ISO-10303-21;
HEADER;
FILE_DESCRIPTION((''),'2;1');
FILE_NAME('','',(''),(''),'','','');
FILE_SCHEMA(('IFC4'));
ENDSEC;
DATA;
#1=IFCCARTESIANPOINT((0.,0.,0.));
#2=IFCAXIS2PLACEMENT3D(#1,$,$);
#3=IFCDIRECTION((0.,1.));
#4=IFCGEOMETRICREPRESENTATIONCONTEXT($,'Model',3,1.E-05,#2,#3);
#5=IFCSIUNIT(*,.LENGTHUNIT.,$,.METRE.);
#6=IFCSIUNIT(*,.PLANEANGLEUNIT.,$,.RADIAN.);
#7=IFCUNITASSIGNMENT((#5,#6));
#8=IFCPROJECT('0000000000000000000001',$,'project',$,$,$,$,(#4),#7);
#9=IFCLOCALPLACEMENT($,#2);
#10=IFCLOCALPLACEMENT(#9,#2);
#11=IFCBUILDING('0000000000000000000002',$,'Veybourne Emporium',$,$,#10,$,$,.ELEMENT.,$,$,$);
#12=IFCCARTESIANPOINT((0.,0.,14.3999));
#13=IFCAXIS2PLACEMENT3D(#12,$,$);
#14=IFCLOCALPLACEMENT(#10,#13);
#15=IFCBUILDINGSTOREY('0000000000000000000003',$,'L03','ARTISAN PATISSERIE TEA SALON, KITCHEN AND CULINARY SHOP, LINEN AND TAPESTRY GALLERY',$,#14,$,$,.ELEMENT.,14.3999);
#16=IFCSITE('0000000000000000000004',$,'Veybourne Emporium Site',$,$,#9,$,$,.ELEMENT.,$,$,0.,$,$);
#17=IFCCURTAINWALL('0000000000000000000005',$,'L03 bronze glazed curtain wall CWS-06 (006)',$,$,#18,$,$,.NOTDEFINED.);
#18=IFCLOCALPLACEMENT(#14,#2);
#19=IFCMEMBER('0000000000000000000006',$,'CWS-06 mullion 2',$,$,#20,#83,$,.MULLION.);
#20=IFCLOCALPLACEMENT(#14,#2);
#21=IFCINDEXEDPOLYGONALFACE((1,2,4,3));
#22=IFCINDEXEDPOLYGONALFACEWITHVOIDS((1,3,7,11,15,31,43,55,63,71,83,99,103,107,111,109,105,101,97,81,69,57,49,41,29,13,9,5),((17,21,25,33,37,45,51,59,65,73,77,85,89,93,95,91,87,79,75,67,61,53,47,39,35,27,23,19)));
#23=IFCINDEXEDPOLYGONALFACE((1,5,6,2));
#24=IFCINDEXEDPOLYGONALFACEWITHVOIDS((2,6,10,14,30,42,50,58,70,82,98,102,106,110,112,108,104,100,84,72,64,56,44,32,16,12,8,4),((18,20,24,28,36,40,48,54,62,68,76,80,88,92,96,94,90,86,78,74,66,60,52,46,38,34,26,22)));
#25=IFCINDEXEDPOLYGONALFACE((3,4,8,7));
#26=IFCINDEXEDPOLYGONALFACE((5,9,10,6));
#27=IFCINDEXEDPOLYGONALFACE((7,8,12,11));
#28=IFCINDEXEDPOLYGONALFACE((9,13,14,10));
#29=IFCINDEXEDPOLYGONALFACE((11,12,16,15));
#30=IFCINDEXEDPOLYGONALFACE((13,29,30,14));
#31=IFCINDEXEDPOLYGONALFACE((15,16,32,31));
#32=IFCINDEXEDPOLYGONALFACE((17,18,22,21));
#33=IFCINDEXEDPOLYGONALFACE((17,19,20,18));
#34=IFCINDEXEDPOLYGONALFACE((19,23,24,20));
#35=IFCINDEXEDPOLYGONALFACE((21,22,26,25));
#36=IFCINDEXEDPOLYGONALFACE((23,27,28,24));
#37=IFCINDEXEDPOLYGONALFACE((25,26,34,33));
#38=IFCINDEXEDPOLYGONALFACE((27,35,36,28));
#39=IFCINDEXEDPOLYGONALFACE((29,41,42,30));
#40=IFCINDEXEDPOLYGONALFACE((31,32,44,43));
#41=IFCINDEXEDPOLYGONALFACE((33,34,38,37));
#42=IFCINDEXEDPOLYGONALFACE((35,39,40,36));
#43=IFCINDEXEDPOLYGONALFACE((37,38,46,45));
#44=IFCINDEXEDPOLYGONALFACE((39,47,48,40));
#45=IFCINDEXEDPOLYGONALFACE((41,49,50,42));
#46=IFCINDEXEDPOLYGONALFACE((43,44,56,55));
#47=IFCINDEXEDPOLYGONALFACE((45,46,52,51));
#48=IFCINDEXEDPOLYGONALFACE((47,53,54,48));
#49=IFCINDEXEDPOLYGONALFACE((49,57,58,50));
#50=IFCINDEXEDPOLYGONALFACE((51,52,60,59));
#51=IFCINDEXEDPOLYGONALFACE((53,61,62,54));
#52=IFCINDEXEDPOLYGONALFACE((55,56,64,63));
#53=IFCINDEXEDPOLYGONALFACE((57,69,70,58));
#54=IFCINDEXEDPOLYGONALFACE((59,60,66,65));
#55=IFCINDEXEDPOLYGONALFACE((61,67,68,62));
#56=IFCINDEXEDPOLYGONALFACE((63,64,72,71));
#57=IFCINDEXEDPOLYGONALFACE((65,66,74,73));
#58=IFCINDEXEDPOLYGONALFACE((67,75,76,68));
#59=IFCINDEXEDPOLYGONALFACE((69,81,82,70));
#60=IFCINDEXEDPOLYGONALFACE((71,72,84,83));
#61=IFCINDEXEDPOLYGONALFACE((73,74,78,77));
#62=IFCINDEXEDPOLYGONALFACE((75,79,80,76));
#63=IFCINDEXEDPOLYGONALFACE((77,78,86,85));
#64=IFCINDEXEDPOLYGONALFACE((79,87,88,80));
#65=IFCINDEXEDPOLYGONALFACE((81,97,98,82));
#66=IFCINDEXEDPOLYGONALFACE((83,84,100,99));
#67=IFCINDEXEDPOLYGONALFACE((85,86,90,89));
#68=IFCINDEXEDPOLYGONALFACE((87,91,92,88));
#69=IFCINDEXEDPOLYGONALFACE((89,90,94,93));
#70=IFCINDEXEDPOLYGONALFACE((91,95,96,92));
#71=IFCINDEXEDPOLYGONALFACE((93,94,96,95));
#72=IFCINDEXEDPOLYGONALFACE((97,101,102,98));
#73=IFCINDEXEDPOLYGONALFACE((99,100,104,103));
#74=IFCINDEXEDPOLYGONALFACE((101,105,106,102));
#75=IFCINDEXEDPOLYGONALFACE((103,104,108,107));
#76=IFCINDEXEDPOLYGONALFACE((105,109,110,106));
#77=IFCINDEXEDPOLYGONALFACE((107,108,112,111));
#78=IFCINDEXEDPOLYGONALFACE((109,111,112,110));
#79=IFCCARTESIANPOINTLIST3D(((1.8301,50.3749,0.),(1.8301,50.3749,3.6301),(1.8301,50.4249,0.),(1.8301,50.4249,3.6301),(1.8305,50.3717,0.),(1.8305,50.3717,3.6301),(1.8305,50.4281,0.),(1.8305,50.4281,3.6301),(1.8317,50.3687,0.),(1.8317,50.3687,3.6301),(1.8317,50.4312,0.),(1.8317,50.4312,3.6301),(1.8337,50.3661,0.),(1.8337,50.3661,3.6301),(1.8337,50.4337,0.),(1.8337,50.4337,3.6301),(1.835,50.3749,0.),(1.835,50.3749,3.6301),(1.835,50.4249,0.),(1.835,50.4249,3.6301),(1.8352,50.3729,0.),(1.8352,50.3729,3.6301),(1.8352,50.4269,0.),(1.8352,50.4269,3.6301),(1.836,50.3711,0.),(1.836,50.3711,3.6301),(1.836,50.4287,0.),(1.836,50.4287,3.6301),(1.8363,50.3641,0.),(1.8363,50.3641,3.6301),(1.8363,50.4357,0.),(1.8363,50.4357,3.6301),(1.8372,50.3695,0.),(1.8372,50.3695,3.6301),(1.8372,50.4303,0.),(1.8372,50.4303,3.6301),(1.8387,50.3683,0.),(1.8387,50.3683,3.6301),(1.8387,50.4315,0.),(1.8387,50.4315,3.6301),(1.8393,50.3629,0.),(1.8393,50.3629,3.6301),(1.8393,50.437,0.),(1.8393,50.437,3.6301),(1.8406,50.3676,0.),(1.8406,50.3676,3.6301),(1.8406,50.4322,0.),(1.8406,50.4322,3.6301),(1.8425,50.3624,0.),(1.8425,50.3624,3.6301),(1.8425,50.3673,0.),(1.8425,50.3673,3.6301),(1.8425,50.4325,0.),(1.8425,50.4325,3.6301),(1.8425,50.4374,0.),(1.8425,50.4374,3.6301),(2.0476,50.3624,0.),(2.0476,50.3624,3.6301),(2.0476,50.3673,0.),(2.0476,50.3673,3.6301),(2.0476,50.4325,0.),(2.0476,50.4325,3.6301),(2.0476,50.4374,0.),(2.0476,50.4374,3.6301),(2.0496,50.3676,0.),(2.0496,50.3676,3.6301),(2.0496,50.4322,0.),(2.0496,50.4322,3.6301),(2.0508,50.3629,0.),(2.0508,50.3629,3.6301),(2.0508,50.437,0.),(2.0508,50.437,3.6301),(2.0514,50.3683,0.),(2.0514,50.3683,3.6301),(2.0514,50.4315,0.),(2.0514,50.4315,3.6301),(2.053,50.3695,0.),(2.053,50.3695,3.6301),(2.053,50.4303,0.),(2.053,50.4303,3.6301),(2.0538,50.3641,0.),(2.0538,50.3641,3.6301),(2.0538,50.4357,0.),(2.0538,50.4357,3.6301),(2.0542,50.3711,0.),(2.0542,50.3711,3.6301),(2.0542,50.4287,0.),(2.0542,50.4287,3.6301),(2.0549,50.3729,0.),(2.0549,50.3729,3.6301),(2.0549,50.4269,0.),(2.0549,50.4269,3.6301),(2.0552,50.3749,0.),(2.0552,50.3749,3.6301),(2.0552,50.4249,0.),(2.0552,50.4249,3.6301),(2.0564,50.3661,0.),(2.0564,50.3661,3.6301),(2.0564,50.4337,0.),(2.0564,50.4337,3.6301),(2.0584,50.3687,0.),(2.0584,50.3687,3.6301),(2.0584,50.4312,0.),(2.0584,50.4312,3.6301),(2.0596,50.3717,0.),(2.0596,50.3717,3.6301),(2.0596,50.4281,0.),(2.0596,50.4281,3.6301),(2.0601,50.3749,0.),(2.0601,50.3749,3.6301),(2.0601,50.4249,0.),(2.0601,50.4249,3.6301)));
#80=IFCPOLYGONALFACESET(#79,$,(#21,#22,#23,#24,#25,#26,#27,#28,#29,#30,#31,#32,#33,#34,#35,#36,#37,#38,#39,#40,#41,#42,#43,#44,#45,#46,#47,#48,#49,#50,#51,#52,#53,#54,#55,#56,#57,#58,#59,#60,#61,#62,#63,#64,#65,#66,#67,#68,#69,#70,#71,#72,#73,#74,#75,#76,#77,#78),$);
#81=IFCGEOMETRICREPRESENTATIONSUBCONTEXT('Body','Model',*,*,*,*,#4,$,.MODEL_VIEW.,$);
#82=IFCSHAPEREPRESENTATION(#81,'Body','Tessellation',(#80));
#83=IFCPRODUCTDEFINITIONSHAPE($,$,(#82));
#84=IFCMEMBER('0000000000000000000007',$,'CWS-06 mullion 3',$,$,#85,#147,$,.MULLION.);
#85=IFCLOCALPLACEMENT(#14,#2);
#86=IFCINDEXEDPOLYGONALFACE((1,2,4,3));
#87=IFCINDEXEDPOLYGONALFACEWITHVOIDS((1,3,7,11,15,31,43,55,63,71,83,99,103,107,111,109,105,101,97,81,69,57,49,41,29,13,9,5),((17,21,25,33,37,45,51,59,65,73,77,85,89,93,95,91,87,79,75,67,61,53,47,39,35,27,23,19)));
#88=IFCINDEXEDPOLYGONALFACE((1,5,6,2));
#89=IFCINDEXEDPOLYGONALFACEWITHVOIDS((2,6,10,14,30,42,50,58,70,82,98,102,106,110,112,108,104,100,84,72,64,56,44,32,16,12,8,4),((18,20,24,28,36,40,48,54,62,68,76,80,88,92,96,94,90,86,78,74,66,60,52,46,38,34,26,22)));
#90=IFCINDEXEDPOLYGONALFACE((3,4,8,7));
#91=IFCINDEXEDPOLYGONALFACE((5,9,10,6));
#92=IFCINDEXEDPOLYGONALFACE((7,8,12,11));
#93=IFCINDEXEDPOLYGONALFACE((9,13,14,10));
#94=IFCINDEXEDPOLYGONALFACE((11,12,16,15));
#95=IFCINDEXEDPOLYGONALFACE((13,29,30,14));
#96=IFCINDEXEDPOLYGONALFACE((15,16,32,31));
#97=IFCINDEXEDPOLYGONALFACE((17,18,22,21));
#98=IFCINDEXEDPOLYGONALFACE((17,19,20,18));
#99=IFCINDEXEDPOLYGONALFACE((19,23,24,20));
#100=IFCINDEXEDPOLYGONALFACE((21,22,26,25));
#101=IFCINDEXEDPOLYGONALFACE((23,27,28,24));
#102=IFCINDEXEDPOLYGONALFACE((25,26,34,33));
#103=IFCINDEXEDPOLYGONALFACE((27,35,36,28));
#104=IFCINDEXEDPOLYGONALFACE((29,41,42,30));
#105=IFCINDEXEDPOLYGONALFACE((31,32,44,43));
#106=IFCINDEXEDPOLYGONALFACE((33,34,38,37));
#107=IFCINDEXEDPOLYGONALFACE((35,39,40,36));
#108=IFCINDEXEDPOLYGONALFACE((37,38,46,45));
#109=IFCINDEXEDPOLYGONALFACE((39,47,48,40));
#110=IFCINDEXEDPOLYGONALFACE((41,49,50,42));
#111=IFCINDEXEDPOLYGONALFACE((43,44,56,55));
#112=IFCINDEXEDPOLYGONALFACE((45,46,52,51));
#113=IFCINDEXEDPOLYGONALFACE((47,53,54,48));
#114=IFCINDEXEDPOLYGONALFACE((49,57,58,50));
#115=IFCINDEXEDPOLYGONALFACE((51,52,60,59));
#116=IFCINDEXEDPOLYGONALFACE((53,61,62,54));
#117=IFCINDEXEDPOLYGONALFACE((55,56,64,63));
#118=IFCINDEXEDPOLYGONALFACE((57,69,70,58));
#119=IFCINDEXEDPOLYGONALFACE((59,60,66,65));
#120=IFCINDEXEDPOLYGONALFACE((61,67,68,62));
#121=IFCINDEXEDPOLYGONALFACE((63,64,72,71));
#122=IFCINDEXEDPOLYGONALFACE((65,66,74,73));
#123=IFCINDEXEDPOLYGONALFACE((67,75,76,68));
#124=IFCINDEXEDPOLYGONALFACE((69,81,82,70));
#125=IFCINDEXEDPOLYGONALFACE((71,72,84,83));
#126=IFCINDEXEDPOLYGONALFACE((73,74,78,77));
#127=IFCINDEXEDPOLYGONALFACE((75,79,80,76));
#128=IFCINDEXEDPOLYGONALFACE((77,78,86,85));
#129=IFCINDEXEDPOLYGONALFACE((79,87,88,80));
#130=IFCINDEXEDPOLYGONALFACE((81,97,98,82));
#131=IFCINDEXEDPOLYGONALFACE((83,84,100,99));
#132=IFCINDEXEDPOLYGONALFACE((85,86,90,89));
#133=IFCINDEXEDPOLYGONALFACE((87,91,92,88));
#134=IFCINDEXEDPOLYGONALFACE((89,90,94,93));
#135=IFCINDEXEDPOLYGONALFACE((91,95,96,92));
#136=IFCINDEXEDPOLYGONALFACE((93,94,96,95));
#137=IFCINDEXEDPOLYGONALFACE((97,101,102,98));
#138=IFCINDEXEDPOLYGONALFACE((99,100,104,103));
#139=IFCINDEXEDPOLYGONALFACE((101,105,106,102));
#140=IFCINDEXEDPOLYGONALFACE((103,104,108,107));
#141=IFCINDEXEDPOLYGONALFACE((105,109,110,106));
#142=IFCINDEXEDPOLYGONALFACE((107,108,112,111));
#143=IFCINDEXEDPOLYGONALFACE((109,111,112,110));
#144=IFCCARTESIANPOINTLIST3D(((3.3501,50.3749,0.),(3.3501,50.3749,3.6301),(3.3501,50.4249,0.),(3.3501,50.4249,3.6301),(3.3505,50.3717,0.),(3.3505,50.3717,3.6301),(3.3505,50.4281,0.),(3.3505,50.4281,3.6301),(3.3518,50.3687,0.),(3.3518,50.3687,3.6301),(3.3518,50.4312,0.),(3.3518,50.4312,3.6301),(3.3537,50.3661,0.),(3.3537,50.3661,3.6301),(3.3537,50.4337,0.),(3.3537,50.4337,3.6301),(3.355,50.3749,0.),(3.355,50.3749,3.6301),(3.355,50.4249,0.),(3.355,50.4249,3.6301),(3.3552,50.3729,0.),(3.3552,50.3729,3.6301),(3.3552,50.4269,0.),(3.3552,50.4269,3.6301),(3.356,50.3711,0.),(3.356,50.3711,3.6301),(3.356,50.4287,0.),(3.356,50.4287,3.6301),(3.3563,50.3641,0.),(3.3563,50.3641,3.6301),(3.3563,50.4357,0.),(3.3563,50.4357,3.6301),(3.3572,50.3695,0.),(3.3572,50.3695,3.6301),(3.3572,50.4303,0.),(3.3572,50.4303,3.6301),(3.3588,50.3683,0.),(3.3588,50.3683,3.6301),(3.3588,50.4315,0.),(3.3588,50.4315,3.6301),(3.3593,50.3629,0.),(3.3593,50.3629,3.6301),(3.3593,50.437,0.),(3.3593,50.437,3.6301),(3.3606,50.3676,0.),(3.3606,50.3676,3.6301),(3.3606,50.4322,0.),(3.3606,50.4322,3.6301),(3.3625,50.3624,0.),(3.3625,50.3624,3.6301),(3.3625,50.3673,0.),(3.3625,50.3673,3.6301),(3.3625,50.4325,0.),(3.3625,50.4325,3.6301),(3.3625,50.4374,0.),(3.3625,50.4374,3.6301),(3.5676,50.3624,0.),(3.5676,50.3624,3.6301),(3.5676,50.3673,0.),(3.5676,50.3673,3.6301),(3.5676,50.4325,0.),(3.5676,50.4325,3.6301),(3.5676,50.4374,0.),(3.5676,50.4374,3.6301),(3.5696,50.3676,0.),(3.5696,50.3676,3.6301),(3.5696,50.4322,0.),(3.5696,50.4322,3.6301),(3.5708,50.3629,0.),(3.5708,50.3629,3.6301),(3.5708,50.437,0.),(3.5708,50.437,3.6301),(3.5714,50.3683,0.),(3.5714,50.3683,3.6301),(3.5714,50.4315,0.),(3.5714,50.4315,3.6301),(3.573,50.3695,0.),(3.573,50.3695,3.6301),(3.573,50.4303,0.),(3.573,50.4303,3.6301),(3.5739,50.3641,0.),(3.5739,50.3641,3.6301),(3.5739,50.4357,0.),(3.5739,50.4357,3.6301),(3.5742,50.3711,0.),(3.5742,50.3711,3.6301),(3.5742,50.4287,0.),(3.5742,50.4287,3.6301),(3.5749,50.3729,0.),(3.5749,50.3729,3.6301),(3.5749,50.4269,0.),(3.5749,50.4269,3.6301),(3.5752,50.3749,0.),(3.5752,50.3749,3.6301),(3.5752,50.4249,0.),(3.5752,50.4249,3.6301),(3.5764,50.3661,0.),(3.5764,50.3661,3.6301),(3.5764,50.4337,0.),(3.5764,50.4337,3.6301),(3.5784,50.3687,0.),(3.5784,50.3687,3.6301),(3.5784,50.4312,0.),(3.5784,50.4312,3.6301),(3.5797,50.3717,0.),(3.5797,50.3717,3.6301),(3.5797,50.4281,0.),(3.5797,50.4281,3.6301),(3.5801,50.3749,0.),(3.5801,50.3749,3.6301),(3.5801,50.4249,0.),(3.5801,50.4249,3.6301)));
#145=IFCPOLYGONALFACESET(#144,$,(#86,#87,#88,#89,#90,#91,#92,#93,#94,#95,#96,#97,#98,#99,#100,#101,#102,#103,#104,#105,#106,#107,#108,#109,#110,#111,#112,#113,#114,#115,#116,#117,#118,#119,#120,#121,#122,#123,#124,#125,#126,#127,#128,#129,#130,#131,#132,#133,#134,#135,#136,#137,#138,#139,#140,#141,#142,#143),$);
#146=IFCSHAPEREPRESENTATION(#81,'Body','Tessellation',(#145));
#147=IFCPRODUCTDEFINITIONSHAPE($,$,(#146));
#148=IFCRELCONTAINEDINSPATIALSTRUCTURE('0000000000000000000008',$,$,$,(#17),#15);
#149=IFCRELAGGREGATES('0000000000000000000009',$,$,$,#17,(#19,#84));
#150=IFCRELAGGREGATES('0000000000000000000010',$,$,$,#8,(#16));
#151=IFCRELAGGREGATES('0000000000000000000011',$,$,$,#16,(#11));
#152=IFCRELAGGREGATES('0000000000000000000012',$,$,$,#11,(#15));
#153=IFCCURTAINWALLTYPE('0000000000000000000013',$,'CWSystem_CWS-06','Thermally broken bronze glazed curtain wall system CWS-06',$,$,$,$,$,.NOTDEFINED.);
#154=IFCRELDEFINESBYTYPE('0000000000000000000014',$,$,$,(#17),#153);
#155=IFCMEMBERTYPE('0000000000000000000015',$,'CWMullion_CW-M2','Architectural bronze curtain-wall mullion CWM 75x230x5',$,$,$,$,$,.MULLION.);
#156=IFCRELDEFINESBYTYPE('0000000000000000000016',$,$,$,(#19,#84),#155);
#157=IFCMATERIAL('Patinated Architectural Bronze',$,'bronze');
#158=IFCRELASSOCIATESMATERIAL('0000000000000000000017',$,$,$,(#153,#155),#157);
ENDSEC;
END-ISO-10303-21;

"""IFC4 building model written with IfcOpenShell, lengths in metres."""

from ifc_helpers import new_model, si_unit, direction, frame, origin, origin_2d, place, context, subcontext, project, spatial, hollow_rectangle, extrude, material, material_profile, profile_set, type_object, element, aggregate, save


model = new_model("IFC4")

# Units and contexts
model_context = context("Model", 3, precision=1e-05, world=origin(), true_north=direction((0.0, 1.0)))
body_context = subcontext(model_context, "Body", "Model", "MODEL_VIEW")
ifc_project = project(units=[si_unit("LENGTHUNIT", "METRE"), si_unit("PLANEANGLEUNIT", "RADIAN")], contexts=[model_context])

# Site, building, storey
site_placement = place(None, origin())
site = spatial("IfcSite", under=ifc_project, at=site_placement, Name="Veybourne Emporium Site", CompositionType="ELEMENT", RefElevation=0.0)
building_placement = place(site_placement, origin())
building = spatial("IfcBuilding", under=site, at=building_placement, Name="Veybourne Emporium", CompositionType="ELEMENT")
storey_placement = place(building_placement, frame((0.0, 0.0, 14.3999)))
storey = spatial("IfcBuildingStorey", under=building, at=storey_placement, Name="L03", Description="ARTISAN PATISSERIE TEA SALON, KITCHEN AND CULINARY SHOP, LINEN AND TAPESTRY GALLERY", CompositionType="ELEMENT", Elevation=14.3999)

# Curtain wall, members
ifc_material_1 = material(Name="Patinated Architectural Bronze", Category="bronze")
curtain_wall_type = type_object("IfcCurtainWallType", Name="CWSystem_CWS-06", Description="Thermally broken bronze glazed curtain wall system CWS-06", PredefinedType="NOTDEFINED", material=ifc_material_1)
curtain_wall_placement = place(storey_placement, origin())
curtain_wall = element("IfcCurtainWall", 1, at=curtain_wall_placement, inside=storey, type_object=curtain_wall_type, Name="L03 bronze glazed curtain wall CWS-06 (006)", PredefinedType="NOTDEFINED")
ifc_material_profile_1 = material_profile(ifc_material_1, hollow_rectangle(XDim=0.075, YDim=0.23, WallThickness=0.0049, InnerFilletRadius=0.0076, OuterFilletRadius=0.0125, at=origin_2d()), Name="CWM 75x230x5")
ifc_profile_set_1 = profile_set([ifc_material_profile_1], Name="Patinated Architectural Bronze")
member_type_1 = type_object("IfcMemberType", Name="CWMullion_CW-M2", Description="Architectural bronze curtain-wall mullion CWM 75x230x5", PredefinedType="MULLION", material=ifc_profile_set_1)
member_1_placement = place(storey_placement, frame((1.9451, 50.3999, 0.0), z_axis=(0.0, 0.0, 1.0), x_axis=(0.0, 1.0, 0.0)))
member_1 = element("IfcMember", 2, at=member_1_placement, type_object=member_type_1, Name="CWS-06 mullion 2", PredefinedType="MULLION", context=body_context, shape_type="SweptSolid", body=[
    extrude(hollow_rectangle(XDim=0.075, YDim=0.23, WallThickness=0.0049, InnerFilletRadius=0.0076, OuterFilletRadius=0.0125, at=origin_2d()), origin(), (0.0, 0.0, 1.0), 3.6301),
])
member_2_placement = place(storey_placement, frame((3.4651, 50.3999, 0.0), z_axis=(0.0, 0.0, 1.0), x_axis=(0.0, 1.0, 0.0)))
member_2 = element("IfcMember", 3, at=member_2_placement, type_object=member_type_1, Name="CWS-06 mullion 3", PredefinedType="MULLION", context=body_context, shape_type="SweptSolid", body=[
    extrude(hollow_rectangle(XDim=0.075, YDim=0.23, WallThickness=0.0049, InnerFilletRadius=0.0076, OuterFilletRadius=0.0125, at=origin_2d()), origin(), (0.0, 0.0, 1.0), 3.6301),
])
aggregate(curtain_wall, [member_1, member_2])

save(model, "model.ifc")
